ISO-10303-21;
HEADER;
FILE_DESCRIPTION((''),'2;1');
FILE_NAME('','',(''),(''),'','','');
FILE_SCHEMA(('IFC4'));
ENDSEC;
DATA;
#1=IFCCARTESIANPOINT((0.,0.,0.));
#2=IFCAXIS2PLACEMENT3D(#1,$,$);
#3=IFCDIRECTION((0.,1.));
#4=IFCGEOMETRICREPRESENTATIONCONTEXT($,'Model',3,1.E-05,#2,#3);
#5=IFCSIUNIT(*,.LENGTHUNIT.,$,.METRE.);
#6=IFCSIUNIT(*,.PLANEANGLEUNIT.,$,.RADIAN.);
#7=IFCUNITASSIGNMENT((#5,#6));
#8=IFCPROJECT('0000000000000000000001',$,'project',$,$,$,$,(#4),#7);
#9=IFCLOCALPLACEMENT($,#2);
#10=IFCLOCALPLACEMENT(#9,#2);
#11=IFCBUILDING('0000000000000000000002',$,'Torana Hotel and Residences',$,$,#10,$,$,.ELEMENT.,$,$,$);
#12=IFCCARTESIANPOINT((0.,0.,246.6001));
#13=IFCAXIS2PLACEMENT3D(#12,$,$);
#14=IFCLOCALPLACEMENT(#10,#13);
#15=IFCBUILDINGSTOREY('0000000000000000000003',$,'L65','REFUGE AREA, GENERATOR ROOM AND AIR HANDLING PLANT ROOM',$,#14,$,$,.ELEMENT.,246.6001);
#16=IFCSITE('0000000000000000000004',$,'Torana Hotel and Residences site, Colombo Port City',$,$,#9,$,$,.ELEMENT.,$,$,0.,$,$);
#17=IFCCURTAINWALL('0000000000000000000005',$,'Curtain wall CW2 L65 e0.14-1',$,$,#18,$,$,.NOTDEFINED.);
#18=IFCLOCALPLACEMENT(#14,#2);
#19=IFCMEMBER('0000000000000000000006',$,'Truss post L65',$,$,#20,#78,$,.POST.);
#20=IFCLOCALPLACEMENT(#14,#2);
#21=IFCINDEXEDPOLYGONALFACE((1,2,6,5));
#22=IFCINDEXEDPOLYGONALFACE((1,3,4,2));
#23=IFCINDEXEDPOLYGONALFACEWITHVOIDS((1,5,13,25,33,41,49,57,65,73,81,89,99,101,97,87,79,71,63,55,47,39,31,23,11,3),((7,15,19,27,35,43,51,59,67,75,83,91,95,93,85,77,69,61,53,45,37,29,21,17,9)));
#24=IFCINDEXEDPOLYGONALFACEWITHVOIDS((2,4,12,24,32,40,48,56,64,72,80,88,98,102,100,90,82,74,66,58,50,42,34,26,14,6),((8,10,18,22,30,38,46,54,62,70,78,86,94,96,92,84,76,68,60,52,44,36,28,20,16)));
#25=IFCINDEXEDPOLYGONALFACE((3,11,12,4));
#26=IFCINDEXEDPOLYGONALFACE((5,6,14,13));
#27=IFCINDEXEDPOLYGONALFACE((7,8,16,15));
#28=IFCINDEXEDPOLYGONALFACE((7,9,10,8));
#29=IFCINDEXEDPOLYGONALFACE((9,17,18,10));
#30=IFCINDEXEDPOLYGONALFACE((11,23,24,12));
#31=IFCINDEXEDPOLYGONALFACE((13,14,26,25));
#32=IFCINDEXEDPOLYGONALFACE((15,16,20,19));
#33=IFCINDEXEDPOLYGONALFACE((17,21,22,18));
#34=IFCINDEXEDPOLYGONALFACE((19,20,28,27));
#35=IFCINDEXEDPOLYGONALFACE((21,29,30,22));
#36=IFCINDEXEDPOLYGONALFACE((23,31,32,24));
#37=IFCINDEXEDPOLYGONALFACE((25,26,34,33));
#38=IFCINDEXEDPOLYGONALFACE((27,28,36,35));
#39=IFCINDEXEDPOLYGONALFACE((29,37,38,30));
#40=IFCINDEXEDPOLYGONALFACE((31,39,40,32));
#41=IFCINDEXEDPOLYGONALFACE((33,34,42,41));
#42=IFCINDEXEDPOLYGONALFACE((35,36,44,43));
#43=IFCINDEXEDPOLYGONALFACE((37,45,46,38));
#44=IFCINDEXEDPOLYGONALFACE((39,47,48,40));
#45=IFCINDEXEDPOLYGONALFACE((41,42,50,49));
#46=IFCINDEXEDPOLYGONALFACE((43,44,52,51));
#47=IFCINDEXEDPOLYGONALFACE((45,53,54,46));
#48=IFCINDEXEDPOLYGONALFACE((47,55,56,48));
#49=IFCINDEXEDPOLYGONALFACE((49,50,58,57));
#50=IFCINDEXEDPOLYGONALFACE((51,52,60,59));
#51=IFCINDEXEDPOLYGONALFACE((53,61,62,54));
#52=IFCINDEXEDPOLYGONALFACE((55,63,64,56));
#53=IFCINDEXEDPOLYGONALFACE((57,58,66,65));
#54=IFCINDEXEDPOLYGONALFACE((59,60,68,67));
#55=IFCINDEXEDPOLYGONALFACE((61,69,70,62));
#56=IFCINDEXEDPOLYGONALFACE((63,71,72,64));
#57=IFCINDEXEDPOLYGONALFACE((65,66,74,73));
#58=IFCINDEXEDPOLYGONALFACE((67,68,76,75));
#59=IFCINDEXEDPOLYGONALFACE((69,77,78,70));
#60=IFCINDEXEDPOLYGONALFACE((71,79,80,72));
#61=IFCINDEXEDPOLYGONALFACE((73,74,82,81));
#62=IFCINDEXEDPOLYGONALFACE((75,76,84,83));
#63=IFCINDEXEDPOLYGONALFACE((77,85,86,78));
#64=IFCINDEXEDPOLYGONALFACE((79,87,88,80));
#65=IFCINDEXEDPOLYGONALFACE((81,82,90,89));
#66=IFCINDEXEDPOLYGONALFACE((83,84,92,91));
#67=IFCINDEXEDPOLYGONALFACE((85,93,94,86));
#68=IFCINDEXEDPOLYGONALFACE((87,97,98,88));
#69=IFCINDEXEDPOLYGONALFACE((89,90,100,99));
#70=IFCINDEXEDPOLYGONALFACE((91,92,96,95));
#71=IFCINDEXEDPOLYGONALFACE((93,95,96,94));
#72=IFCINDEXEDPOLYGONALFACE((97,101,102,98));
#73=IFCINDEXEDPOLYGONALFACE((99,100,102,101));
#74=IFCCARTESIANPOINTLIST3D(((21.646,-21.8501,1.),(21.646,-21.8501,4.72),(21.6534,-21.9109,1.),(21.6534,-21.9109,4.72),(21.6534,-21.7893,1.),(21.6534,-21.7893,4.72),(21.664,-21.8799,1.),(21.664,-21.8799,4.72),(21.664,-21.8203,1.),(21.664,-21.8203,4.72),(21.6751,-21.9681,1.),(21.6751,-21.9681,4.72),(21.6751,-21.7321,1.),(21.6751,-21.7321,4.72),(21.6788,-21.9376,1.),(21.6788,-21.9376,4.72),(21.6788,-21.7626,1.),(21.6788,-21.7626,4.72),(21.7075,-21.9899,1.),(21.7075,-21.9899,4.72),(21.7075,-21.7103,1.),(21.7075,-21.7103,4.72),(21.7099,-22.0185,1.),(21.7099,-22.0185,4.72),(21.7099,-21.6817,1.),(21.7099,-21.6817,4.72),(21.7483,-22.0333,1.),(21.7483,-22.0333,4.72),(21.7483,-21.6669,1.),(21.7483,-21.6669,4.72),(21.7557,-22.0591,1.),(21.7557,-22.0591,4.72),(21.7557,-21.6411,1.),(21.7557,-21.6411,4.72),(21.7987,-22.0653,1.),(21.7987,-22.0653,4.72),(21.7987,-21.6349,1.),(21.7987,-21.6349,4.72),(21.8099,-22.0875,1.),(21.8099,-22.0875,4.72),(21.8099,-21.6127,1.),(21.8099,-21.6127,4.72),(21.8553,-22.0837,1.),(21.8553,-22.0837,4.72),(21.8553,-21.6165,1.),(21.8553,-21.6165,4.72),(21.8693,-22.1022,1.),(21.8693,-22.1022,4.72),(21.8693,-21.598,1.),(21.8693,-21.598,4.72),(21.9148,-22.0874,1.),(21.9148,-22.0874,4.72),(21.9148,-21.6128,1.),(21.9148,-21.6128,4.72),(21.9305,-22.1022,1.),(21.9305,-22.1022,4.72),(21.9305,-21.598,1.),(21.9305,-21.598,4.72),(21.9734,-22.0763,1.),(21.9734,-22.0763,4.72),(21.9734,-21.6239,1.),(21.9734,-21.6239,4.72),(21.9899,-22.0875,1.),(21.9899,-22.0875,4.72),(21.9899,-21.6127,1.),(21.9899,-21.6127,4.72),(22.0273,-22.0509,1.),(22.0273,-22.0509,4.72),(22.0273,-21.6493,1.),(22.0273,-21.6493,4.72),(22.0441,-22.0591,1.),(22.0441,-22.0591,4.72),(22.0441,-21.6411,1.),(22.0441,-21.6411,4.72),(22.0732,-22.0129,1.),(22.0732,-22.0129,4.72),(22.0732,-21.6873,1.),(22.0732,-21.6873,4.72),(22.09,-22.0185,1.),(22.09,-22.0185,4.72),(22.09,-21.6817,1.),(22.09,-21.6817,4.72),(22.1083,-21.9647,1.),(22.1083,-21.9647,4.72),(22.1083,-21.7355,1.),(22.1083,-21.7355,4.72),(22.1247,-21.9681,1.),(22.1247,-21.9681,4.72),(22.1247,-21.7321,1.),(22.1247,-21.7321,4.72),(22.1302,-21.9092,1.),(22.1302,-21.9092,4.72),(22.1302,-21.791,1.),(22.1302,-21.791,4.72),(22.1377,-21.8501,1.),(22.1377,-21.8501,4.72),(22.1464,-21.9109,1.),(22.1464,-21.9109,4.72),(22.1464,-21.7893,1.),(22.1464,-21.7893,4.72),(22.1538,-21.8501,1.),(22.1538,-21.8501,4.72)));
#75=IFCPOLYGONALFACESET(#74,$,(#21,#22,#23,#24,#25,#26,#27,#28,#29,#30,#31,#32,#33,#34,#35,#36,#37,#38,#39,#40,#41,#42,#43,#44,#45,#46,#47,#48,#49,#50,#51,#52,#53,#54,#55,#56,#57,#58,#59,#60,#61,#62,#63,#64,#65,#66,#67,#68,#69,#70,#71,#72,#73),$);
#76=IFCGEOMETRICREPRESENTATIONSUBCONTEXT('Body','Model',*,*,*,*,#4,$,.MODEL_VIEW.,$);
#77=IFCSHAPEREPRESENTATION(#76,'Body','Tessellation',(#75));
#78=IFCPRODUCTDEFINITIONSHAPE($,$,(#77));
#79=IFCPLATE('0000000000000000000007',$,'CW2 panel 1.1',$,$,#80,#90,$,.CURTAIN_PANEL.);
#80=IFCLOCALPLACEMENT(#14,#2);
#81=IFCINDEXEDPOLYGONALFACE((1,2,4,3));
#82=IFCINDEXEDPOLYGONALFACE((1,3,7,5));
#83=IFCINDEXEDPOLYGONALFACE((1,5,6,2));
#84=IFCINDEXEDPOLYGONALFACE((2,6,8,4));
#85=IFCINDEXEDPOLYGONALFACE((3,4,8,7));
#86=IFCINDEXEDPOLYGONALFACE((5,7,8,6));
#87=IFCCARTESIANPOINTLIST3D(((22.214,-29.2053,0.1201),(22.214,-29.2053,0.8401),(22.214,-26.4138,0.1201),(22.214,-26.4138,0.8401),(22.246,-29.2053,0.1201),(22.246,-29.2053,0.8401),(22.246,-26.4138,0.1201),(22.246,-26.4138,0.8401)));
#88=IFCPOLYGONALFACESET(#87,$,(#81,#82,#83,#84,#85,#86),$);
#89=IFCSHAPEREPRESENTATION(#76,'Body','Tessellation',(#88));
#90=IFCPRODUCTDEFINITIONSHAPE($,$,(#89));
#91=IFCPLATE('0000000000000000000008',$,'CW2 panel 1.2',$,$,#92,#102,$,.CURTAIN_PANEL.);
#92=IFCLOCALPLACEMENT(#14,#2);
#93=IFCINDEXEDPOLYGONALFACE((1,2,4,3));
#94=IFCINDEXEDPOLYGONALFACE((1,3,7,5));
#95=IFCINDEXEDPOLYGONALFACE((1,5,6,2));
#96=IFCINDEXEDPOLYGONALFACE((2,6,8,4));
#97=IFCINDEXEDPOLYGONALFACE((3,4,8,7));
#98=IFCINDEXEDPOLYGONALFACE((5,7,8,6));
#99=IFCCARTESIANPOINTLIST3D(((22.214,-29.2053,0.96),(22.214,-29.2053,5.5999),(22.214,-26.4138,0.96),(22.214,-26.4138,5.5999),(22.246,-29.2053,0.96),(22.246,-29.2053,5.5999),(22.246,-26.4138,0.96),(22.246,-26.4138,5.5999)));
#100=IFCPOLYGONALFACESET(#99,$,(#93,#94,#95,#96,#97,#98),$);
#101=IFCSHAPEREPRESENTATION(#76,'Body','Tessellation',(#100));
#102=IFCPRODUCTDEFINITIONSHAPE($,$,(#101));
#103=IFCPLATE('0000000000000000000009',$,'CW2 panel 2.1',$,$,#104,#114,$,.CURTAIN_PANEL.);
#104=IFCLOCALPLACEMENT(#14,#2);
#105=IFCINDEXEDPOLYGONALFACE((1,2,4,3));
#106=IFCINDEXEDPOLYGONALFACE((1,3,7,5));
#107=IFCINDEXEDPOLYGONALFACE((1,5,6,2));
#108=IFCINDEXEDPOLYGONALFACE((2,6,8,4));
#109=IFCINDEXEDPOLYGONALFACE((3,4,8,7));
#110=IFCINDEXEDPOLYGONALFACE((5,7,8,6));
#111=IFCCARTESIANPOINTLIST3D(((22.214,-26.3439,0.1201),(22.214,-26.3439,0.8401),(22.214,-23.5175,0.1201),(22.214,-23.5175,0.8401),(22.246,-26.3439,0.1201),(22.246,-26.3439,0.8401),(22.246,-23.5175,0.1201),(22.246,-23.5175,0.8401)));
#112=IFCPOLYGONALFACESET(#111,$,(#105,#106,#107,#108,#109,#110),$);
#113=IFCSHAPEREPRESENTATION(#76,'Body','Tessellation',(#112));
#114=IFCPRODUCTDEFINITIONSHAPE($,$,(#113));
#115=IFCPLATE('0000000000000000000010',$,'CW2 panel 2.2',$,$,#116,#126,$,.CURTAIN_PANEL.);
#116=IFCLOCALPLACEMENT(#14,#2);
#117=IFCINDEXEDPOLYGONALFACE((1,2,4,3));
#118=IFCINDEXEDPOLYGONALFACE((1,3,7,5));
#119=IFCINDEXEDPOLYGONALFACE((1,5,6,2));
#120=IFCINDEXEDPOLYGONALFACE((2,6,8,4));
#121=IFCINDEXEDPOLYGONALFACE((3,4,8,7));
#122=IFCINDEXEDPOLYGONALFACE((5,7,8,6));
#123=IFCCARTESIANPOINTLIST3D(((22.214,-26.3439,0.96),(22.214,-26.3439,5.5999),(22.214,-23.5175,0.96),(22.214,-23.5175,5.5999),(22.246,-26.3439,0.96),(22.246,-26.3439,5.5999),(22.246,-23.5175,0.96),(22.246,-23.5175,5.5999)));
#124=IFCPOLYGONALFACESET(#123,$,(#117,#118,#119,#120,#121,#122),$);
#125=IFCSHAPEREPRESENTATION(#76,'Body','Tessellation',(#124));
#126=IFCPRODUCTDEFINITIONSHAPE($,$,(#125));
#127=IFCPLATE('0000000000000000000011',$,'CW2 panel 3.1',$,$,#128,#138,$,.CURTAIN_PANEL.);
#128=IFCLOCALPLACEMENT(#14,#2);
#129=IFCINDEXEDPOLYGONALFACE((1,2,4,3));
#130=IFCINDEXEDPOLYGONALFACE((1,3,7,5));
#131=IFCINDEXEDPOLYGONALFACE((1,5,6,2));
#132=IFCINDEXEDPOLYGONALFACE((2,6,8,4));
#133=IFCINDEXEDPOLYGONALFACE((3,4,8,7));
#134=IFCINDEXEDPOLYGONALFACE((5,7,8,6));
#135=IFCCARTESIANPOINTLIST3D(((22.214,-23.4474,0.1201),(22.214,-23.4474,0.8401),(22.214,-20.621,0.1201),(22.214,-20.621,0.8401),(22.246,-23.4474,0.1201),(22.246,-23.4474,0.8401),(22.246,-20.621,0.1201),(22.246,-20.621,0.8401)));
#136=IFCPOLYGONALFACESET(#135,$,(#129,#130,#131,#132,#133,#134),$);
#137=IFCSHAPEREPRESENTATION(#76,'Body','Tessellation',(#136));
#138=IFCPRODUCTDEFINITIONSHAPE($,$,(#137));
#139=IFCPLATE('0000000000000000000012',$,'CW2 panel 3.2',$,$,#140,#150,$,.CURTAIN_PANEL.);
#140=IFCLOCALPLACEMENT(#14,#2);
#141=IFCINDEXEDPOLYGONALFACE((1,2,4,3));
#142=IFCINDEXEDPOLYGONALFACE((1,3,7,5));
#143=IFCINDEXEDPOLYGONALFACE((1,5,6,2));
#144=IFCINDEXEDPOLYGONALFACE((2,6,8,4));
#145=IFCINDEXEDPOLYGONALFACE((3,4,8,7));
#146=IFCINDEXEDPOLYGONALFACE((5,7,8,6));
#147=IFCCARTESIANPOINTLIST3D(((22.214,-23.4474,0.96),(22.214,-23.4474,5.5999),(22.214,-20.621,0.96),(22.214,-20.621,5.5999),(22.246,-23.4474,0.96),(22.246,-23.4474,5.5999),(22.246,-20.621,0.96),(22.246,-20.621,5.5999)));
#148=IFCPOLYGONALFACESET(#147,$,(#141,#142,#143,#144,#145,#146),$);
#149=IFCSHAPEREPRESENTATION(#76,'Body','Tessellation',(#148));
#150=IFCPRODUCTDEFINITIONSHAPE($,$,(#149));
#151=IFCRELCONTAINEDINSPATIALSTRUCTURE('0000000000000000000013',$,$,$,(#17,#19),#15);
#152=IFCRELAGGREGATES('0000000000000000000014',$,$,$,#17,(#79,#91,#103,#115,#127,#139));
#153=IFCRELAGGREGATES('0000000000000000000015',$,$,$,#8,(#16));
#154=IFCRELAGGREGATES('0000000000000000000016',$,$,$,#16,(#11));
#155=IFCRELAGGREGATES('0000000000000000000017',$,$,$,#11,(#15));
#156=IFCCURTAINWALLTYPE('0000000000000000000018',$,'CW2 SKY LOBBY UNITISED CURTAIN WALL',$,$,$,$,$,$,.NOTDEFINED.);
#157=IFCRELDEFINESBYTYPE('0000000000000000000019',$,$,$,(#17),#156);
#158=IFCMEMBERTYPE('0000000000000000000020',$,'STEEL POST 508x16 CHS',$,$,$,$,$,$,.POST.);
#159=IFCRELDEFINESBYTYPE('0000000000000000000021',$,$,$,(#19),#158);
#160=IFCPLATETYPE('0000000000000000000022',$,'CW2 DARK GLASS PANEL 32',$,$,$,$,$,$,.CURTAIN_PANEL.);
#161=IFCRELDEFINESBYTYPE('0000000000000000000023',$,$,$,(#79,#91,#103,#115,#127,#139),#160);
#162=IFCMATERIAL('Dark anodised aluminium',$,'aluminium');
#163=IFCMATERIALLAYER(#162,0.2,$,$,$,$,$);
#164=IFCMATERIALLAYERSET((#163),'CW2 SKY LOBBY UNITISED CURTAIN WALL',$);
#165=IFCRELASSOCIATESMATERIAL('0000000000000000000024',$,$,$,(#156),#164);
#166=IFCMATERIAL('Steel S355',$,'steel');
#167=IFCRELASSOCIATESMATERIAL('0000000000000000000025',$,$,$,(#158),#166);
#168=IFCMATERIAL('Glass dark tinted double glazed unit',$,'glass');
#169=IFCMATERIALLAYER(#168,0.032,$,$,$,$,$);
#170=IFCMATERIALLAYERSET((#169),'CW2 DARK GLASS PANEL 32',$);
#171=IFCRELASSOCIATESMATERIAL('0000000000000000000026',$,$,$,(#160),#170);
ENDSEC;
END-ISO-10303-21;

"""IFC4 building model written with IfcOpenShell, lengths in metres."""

from ifc_helpers import new_model, si_unit, direction, frame, origin, origin_2d, place, context, subcontext, project, spatial, rectangle, hollow_circle, extrude, material, layer, layer_set, material_profile, profile_set, type_object, element, aggregate, save


model = new_model("IFC4")

# Units and contexts
model_context = context("Model", 3, precision=1e-05, world=origin(), true_north=direction((0.0, 1.0)))
body_context = subcontext(model_context, "Body", "Model", "MODEL_VIEW")
ifc_project = project(units=[si_unit("LENGTHUNIT", "METRE"), si_unit("PLANEANGLEUNIT", "RADIAN")], contexts=[model_context])

# Site, building, storey
site_placement = place(None, origin())
site = spatial("IfcSite", under=ifc_project, at=site_placement, Name="Torana Hotel and Residences site, Colombo Port City", CompositionType="ELEMENT", RefElevation=0.0)
building_placement = place(site_placement, origin())
building = spatial("IfcBuilding", under=site, at=building_placement, Name="Torana Hotel and Residences", CompositionType="ELEMENT")
storey_placement = place(building_placement, frame((0.0, 0.0, 246.6001)))
storey = spatial("IfcBuildingStorey", under=building, at=storey_placement, Name="L65", Description="REFUGE AREA, GENERATOR ROOM AND AIR HANDLING PLANT ROOM", CompositionType="ELEMENT", Elevation=246.6001)

# Curtain wall
ifc_material_1 = material(Name="Dark anodised aluminium", Category="aluminium")
ifc_layer_1 = layer(ifc_material_1, 0.2)
ifc_layer_set_1 = layer_set([ifc_layer_1], Name="CW2 SKY LOBBY UNITISED CURTAIN WALL")
curtain_wall_type = type_object("IfcCurtainWallType", Name="CW2 SKY LOBBY UNITISED CURTAIN WALL", PredefinedType="NOTDEFINED", material=ifc_layer_set_1)
curtain_wall_placement = place(storey_placement, origin())
curtain_wall = element("IfcCurtainWall", 1, at=curtain_wall_placement, inside=storey, type_object=curtain_wall_type, Name="Curtain wall CW2 L65 e0.14-1", PredefinedType="NOTDEFINED")

# Member
ifc_material_2 = material(Name="Steel S355", Category="steel")
ifc_material_profile_1 = material_profile(ifc_material_2, hollow_circle(Radius=0.2539, WallThickness=0.0161, at=origin_2d()), Name="508x16 CHS")
ifc_profile_set_1 = profile_set([ifc_material_profile_1], Name="Steel S355")
member_type_1 = type_object("IfcMemberType", Name="STEEL POST 508x16 CHS", PredefinedType="POST", material=ifc_profile_set_1)
for number, where, z_axis, x_axis, name in (
    (2, (21.8999, -21.8501, 1.0), (0.0, 0.0, 1.0), (1.0, 0.0, 0.0), "Truss post L65"),
):
    element("IfcMember", number, at=place(storey_placement, frame(where, z_axis=z_axis, x_axis=x_axis)), inside=storey, type_object=member_type_1, Name=name, PredefinedType="POST", context=body_context, shape_type="SweptSolid", body=[
        extrude(hollow_circle(Radius=0.2539, WallThickness=0.0161, at=origin_2d()), origin(), (0.0, 0.0, 1.0), 3.72),
    ])

# Plates
ifc_material_3 = material(Name="Glass dark tinted double glazed unit", Category="glass")
ifc_layer_2 = layer(ifc_material_3, 0.032)
ifc_layer_set_2 = layer_set([ifc_layer_2], Name="CW2 DARK GLASS PANEL 32")
plate_type = type_object("IfcPlateType", Name="CW2 DARK GLASS PANEL 32", PredefinedType="CURTAIN_PANEL", material=ifc_layer_set_2)
plate_1_placement = place(storey_placement, frame((22.23, -27.8096, 0.1201), z_axis=(0.0, 0.0, 1.0), x_axis=(0.0, 1.0, 0.0)))
plate_1 = element("IfcPlate", 3, at=plate_1_placement, type_object=plate_type, Name="CW2 panel 1.1", PredefinedType="CURTAIN_PANEL", context=body_context, shape_type="SweptSolid", body=[
    extrude(rectangle(XDim=2.7915, YDim=0.032, at=origin_2d()), origin(), (0.0, 0.0, 1.0), 0.72),
])
plate_2_placement = place(storey_placement, frame((22.23, -27.8096, 0.96), z_axis=(0.0, 0.0, 1.0), x_axis=(0.0, 1.0, 0.0)))
plate_2 = element("IfcPlate", 4, at=plate_2_placement, type_object=plate_type, Name="CW2 panel 1.2", PredefinedType="CURTAIN_PANEL", context=body_context, shape_type="SweptSolid", body=[
    extrude(rectangle(XDim=2.7915, YDim=0.032, at=origin_2d()), origin(), (0.0, 0.0, 1.0), 4.6399),
])
plate_3_placement = place(storey_placement, frame((22.23, -24.9307, 0.1201), z_axis=(0.0, 0.0, 1.0), x_axis=(0.0, 1.0, 0.0)))
plate_3 = element("IfcPlate", 5, at=plate_3_placement, type_object=plate_type, Name="CW2 panel 2.1", PredefinedType="CURTAIN_PANEL", context=body_context, shape_type="SweptSolid", body=[
    extrude(rectangle(XDim=2.8264, YDim=0.032, at=origin_2d()), origin(), (0.0, 0.0, 1.0), 0.72),
])
plate_4_placement = place(storey_placement, frame((22.23, -24.9307, 0.96), z_axis=(0.0, 0.0, 1.0), x_axis=(0.0, 1.0, 0.0)))
plate_4 = element("IfcPlate", 6, at=plate_4_placement, type_object=plate_type, Name="CW2 panel 2.2", PredefinedType="CURTAIN_PANEL", context=body_context, shape_type="SweptSolid", body=[
    extrude(rectangle(XDim=2.8264, YDim=0.032, at=origin_2d()), origin(), (0.0, 0.0, 1.0), 4.6399),
])
plate_5_placement = place(storey_placement, frame((22.23, -22.0342, 0.1201), z_axis=(0.0, 0.0, 1.0), x_axis=(0.0, 1.0, 0.0)))
plate_5 = element("IfcPlate", 7, at=plate_5_placement, type_object=plate_type, Name="CW2 panel 3.1", PredefinedType="CURTAIN_PANEL", context=body_context, shape_type="SweptSolid", body=[
    extrude(rectangle(XDim=2.8264, YDim=0.032, at=origin_2d()), origin(), (0.0, 0.0, 1.0), 0.72),
])
plate_6_placement = place(storey_placement, frame((22.23, -22.0342, 0.96), z_axis=(0.0, 0.0, 1.0), x_axis=(0.0, 1.0, 0.0)))
plate_6 = element("IfcPlate", 8, at=plate_6_placement, type_object=plate_type, Name="CW2 panel 3.2", PredefinedType="CURTAIN_PANEL", context=body_context, shape_type="SweptSolid", body=[
    extrude(rectangle(XDim=2.8264, YDim=0.032, at=origin_2d()), origin(), (0.0, 0.0, 1.0), 4.6399),
])
aggregate(curtain_wall, [plate_1, plate_2, plate_3, plate_4, plate_5, plate_6])

save(model, "model.ifc")
